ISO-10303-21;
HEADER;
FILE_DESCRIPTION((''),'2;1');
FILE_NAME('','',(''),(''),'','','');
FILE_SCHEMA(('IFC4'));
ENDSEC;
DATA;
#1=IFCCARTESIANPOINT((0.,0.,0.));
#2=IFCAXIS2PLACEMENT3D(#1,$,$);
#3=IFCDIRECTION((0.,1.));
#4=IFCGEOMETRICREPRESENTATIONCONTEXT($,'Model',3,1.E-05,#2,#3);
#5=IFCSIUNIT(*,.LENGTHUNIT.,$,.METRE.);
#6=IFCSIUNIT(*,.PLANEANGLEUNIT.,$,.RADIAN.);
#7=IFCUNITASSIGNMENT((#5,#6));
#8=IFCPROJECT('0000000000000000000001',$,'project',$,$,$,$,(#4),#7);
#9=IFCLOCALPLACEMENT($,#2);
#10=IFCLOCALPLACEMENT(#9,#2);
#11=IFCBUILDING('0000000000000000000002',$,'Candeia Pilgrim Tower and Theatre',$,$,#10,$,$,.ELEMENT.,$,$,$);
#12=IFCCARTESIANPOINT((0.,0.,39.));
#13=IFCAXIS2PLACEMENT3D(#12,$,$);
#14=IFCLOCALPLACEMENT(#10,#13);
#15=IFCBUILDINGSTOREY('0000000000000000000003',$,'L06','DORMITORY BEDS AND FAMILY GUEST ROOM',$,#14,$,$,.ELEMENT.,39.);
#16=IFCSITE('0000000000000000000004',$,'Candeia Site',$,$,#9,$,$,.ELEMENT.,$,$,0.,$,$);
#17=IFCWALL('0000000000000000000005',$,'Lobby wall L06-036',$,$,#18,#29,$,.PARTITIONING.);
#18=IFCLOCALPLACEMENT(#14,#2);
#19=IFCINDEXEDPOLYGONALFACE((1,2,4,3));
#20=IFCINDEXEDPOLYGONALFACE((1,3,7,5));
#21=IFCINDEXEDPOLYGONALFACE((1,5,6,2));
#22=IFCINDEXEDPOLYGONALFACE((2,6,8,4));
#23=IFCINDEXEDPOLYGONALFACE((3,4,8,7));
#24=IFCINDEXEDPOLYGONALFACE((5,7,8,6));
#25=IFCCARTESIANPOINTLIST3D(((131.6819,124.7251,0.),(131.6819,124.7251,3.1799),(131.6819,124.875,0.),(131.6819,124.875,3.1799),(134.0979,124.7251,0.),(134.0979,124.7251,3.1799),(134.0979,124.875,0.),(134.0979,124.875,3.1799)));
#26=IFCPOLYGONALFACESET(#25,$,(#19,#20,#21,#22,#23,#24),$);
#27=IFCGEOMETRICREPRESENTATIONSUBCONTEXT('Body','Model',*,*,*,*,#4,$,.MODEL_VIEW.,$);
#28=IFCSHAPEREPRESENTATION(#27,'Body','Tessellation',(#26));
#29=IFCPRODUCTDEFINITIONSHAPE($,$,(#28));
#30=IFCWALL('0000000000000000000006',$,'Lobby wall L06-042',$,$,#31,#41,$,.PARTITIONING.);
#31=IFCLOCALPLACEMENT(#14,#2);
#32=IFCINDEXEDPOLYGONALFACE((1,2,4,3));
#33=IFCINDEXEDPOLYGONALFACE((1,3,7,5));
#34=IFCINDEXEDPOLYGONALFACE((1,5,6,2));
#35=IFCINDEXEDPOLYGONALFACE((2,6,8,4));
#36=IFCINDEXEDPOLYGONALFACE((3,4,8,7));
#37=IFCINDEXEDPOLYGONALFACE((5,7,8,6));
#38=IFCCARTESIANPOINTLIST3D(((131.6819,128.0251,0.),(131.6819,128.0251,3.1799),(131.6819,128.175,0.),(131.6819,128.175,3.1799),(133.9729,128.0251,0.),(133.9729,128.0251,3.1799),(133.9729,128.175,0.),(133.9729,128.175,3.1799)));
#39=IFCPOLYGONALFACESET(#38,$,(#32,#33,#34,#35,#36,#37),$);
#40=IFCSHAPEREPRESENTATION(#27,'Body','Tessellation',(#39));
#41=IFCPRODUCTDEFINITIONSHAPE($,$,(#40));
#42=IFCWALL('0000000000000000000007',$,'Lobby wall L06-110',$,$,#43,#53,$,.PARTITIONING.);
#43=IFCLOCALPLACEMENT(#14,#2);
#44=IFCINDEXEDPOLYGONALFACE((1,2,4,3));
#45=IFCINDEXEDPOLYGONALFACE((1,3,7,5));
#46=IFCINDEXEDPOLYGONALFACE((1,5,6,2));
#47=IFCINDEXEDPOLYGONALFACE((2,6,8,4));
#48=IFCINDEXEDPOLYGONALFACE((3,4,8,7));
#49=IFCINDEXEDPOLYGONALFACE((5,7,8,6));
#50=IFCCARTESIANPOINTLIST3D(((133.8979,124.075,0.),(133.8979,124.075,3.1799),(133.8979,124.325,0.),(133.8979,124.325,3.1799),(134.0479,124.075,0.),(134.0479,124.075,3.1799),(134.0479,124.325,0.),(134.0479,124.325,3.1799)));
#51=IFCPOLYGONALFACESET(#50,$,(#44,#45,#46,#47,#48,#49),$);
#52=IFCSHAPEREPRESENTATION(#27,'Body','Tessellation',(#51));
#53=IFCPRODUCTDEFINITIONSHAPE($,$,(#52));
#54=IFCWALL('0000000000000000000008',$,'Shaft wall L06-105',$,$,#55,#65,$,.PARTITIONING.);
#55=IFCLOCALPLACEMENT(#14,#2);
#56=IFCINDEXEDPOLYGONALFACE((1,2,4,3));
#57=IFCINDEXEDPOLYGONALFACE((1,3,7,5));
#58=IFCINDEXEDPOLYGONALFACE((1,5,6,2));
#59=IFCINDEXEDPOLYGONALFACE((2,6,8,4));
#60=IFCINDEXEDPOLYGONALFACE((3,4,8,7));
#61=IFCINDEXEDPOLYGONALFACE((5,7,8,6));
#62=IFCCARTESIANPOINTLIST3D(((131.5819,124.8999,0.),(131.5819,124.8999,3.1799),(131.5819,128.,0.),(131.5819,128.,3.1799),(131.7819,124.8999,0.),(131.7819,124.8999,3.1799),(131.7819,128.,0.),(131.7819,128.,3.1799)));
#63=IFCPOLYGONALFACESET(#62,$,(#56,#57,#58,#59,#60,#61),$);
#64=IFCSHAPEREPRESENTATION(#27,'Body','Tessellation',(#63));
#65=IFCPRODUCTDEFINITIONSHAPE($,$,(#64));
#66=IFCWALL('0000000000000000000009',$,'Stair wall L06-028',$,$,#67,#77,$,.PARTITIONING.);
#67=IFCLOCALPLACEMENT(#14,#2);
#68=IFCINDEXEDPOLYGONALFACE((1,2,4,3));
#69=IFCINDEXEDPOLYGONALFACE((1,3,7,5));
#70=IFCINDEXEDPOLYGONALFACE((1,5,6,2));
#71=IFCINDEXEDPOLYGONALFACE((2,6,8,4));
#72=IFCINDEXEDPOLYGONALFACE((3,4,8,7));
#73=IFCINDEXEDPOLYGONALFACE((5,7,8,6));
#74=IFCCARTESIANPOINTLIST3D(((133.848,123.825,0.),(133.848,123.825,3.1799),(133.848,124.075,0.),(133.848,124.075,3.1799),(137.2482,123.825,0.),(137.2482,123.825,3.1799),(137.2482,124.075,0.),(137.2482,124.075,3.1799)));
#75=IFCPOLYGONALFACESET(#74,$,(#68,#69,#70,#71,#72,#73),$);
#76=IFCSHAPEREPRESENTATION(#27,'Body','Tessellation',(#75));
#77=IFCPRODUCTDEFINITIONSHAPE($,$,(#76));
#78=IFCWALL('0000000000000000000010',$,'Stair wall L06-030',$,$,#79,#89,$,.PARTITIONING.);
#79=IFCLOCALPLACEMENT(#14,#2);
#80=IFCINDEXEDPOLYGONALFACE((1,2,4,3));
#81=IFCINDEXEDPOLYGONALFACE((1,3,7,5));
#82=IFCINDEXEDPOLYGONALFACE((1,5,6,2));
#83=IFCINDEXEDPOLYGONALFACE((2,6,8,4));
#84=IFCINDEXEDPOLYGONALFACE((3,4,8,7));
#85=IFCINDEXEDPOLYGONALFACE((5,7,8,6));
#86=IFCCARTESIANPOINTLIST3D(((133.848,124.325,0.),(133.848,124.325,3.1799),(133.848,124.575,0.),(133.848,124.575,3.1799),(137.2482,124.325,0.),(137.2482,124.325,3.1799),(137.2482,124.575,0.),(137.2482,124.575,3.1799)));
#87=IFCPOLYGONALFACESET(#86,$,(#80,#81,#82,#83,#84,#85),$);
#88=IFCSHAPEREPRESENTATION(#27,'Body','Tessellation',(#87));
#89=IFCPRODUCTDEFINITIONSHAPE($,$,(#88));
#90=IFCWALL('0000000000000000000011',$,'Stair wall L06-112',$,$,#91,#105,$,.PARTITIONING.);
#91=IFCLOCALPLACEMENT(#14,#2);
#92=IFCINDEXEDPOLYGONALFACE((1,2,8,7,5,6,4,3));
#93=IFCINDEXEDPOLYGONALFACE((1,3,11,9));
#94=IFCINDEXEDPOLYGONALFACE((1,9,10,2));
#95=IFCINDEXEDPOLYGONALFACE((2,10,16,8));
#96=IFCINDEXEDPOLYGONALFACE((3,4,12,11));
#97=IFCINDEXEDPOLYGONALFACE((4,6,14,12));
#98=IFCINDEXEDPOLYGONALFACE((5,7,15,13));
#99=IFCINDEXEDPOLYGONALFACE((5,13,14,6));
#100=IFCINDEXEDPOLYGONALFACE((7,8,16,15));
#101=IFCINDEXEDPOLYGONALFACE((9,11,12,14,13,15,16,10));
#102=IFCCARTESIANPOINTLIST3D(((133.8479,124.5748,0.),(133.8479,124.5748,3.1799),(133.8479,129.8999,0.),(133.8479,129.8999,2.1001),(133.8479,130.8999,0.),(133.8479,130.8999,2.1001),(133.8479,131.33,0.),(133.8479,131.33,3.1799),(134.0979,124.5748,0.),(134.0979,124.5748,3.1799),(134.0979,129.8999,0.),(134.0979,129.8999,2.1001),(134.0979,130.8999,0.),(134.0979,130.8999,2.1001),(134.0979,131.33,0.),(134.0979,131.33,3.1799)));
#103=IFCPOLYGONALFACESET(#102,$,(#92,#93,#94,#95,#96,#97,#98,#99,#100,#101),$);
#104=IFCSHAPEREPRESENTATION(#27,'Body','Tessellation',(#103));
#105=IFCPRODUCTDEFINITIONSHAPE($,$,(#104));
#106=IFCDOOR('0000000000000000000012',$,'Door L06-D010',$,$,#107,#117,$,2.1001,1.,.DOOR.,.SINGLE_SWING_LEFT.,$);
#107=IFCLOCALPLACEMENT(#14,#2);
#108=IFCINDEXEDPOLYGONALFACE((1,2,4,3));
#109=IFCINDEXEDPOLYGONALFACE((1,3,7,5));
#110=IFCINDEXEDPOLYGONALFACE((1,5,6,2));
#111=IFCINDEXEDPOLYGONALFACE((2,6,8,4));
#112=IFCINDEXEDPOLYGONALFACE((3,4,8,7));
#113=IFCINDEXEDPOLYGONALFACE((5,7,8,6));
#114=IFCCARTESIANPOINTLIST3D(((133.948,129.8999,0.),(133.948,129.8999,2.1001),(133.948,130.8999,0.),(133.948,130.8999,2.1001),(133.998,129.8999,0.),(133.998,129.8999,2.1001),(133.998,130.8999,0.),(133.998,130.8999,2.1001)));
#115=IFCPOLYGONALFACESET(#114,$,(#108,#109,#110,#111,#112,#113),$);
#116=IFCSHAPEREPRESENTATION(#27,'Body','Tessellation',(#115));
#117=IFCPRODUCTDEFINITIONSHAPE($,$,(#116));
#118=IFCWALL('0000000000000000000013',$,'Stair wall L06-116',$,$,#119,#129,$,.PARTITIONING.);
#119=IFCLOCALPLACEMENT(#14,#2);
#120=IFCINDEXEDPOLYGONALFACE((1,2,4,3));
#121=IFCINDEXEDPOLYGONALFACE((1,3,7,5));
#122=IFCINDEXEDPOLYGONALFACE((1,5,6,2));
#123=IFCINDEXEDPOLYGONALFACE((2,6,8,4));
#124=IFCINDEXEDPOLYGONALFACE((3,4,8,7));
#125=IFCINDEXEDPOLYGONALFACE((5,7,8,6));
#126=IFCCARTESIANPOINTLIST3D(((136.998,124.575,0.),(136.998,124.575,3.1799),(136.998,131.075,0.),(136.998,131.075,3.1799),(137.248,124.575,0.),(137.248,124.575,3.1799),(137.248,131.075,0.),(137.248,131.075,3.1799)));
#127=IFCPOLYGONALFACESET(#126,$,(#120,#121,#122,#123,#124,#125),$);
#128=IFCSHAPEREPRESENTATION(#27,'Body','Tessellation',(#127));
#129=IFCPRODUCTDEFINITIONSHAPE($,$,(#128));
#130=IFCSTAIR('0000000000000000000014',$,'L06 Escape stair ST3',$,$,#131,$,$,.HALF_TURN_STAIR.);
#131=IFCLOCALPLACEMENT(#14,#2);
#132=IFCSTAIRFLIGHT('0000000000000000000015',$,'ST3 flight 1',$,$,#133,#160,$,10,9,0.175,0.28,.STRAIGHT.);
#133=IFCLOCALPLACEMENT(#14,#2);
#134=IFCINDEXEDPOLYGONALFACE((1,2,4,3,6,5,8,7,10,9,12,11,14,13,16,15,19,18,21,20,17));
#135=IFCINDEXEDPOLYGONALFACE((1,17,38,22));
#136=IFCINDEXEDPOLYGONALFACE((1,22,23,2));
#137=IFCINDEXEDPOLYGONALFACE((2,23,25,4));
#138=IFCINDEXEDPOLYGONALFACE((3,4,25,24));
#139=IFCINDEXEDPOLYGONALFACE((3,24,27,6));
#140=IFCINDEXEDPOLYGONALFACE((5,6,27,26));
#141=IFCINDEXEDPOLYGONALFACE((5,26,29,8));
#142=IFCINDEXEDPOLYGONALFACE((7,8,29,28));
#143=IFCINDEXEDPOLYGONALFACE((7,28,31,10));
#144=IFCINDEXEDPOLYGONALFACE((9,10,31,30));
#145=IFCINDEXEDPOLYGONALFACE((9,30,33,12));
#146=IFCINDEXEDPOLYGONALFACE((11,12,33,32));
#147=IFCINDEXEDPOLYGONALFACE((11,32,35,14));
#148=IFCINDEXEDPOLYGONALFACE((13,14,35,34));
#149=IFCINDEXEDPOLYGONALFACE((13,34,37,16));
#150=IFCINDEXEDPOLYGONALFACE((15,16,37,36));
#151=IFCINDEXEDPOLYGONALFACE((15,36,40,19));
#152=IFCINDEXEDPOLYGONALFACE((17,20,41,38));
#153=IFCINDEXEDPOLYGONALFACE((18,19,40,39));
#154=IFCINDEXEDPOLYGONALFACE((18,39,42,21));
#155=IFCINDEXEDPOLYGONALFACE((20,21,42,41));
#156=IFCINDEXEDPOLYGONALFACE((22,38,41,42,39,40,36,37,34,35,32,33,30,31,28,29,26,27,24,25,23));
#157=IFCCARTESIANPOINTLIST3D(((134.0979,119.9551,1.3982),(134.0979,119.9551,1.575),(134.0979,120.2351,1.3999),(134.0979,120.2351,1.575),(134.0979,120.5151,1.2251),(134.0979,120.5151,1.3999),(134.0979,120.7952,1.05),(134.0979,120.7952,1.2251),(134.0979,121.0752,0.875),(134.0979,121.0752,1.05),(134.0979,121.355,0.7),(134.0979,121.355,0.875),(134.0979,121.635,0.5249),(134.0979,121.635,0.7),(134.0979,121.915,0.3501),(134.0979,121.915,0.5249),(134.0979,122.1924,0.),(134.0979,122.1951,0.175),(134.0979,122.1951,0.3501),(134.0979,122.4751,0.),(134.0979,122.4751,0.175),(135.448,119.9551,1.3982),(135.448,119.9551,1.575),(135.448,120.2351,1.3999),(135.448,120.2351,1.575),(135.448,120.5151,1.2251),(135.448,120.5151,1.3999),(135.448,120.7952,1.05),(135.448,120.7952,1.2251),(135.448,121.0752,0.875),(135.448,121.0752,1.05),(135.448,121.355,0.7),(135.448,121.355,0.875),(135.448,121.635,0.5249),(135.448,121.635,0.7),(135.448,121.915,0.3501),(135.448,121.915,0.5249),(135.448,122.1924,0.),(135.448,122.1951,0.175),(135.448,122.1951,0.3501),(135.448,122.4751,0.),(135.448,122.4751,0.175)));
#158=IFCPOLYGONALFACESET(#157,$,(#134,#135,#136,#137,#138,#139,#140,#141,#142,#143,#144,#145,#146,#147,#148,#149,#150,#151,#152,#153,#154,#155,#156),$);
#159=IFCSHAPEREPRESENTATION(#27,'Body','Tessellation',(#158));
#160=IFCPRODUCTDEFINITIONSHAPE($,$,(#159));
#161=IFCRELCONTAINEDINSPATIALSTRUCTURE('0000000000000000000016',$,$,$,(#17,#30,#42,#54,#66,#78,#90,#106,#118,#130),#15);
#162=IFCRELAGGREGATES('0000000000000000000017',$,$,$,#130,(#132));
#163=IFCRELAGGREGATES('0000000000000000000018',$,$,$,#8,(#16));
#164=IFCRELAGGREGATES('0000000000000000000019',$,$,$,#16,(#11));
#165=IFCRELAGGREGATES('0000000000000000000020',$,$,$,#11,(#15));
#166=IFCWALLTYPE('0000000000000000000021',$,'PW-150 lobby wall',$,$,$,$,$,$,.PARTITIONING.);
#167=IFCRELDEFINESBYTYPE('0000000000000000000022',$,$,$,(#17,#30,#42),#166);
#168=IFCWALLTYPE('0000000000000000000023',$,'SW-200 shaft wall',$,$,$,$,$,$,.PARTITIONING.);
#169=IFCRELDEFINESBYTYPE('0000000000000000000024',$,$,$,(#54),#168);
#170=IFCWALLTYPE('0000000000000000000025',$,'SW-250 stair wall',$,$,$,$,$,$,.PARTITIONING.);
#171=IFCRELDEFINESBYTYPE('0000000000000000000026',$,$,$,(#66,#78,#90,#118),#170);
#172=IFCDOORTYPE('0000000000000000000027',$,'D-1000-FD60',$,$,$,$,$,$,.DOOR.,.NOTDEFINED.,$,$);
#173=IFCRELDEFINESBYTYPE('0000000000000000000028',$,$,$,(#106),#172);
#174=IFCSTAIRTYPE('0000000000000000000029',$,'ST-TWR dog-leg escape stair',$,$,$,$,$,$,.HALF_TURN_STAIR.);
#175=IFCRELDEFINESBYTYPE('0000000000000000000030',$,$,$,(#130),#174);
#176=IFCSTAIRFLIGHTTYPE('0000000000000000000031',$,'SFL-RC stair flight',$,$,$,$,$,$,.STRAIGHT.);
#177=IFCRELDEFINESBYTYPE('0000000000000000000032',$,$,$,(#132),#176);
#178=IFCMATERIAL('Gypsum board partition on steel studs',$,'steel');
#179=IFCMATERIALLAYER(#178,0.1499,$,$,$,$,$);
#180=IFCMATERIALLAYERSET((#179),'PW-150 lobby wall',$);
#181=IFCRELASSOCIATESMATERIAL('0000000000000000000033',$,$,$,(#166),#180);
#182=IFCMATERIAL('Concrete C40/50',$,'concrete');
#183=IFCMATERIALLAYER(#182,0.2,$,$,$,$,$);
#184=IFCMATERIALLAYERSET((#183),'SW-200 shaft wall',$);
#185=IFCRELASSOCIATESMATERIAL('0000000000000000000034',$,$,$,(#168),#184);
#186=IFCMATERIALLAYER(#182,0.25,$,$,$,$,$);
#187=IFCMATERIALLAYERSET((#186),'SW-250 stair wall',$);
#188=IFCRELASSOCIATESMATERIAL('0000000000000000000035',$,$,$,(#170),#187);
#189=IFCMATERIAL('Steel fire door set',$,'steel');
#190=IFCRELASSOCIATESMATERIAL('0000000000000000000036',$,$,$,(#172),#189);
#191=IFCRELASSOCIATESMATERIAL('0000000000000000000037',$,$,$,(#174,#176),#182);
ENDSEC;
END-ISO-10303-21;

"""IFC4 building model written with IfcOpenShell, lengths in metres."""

from ifc_helpers import new_model, si_unit, direction, frame, frame_2d, origin, place, context, subcontext, project, spatial, polyline, rectangle, outline, extrude, material, layer, layer_set, type_object, element, fill, aggregate, save


model = new_model("IFC4")

# Units and contexts
model_context = context("Model", 3, precision=1e-05, world=origin(), true_north=direction((0.0, 1.0)))
body_context = subcontext(model_context, "Body", "Model", "MODEL_VIEW")
ifc_project = project(units=[si_unit("LENGTHUNIT", "METRE"), si_unit("PLANEANGLEUNIT", "RADIAN")], contexts=[model_context])

# Site, building, storey
site_placement = place(None, origin())
site = spatial("IfcSite", under=ifc_project, at=site_placement, Name="Candeia Site", CompositionType="ELEMENT", RefElevation=0.0)
building_placement = place(site_placement, origin())
building = spatial("IfcBuilding", under=site, at=building_placement, Name="Candeia Pilgrim Tower and Theatre", CompositionType="ELEMENT")
storey_placement = place(building_placement, frame((0.0, 0.0, 39.0)))
storey = spatial("IfcBuildingStorey", under=building, at=storey_placement, Name="L06", Description="DORMITORY BEDS AND FAMILY GUEST ROOM", CompositionType="ELEMENT", Elevation=39.0)

# Walls
ifc_material_1 = material(Name="Gypsum board partition on steel studs", Category="steel")
ifc_layer_1 = layer(ifc_material_1, 0.1499)
ifc_layer_set_1 = layer_set([ifc_layer_1], Name="PW-150 lobby wall")
wall_type_1 = type_object("IfcWallType", Name="PW-150 lobby wall", PredefinedType="PARTITIONING", material=ifc_layer_set_1)
wall_1_placement = place(storey_placement, frame((131.6819, 124.8, 0.0), z_axis=(0.0, 0.0, 1.0), x_axis=(1.0, 0.0, 0.0)))
element("IfcWall", 1, at=wall_1_placement, inside=storey, type_object=wall_type_1, Name="Lobby wall L06-036", PredefinedType="PARTITIONING", context=body_context, shape_type="SweptSolid", body=[
    extrude(rectangle(XDim=2.416, YDim=0.1499, at=frame_2d((1.208, 0.0))), origin(), (0.0, 0.0, 1.0), 3.1799),
])
wall_2_placement = place(storey_placement, frame((131.6819, 128.1001, 0.0), z_axis=(0.0, 0.0, 1.0), x_axis=(1.0, 0.0, 0.0)))
element("IfcWall", 2, at=wall_2_placement, inside=storey, type_object=wall_type_1, Name="Lobby wall L06-042", PredefinedType="PARTITIONING", context=body_context, shape_type="SweptSolid", body=[
    extrude(rectangle(XDim=2.291, YDim=0.1499, at=frame_2d((1.1455, 0.0))), origin(), (0.0, 0.0, 1.0), 3.1799),
])
wall_3_placement = place(storey_placement, frame((133.9729, 124.075, 0.0), z_axis=(0.0, 0.0, 1.0), x_axis=(0.0, 1.0, 0.0)))
element("IfcWall", 3, at=wall_3_placement, inside=storey, type_object=wall_type_1, Name="Lobby wall L06-110", PredefinedType="PARTITIONING", context=body_context, shape_type="SweptSolid", body=[
    extrude(rectangle(XDim=0.25, YDim=0.1499, at=frame_2d((0.125, 0.0))), origin(), (0.0, 0.0, 1.0), 3.1799),
])
ifc_material_2 = material(Name="Concrete C40/50", Category="concrete")
ifc_layer_2 = layer(ifc_material_2, 0.2)
ifc_layer_set_2 = layer_set([ifc_layer_2], Name="SW-200 shaft wall")
wall_type_2 = type_object("IfcWallType", Name="SW-200 shaft wall", PredefinedType="PARTITIONING", material=ifc_layer_set_2)
wall_4_placement = place(storey_placement, frame((131.6819, 124.8999, 0.0), z_axis=(0.0, 0.0, 1.0), x_axis=(0.0, 1.0, 0.0)))
element("IfcWall", 4, at=wall_4_placement, inside=storey, type_object=wall_type_2, Name="Shaft wall L06-105", PredefinedType="PARTITIONING", context=body_context, shape_type="SweptSolid", body=[
    extrude(rectangle(XDim=3.1001, YDim=0.2, at=frame_2d((1.55, 0.0))), origin(), (0.0, 0.0, 1.0), 3.1799),
])
ifc_layer_3 = layer(ifc_material_2, 0.25)
ifc_layer_set_3 = layer_set([ifc_layer_3], Name="SW-250 stair wall")
wall_type_3 = type_object("IfcWallType", Name="SW-250 stair wall", PredefinedType="PARTITIONING", material=ifc_layer_set_3)
for number, where, z_axis, x_axis, name in (
    (5, (133.8479, 123.95, 0.0), (0.0, 0.0, 1.0), (1.0, 0.0, 0.0), "Stair wall L06-028"),
    (6, (133.8479, 124.45, 0.0), (0.0, 0.0, 1.0), (1.0, 0.0, 0.0), "Stair wall L06-030"),
):
    element("IfcWall", number, at=place(storey_placement, frame(where, z_axis=z_axis, x_axis=x_axis)), inside=storey, type_object=wall_type_3, Name=name, PredefinedType="PARTITIONING", context=body_context, shape_type="SweptSolid", body=[
        extrude(rectangle(XDim=3.4001, YDim=0.25, at=frame_2d((1.7002, 0.0))), origin(), (0.0, 0.0, 1.0), 3.1799),
    ])

# Wall, opening, door
wall_5_placement = place(storey_placement, frame((133.9729, 124.575, 0.0), z_axis=(0.0, 0.0, 1.0), x_axis=(0.0, 1.0, 0.0)))
wall_5 = element("IfcWall", 7, at=wall_5_placement, inside=storey, type_object=wall_type_3, Name="Stair wall L06-112", PredefinedType="PARTITIONING", context=body_context, shape_type="SweptSolid", body=[
    extrude(rectangle(XDim=6.7551, YDim=0.25, at=frame_2d((3.3774, 0.0))), origin(), (0.0, 0.0, 1.0), 3.1799),
])
opening_placement = place(wall_5_placement, frame((5.325, 0.0, 0.0)))
opening = element("IfcOpeningElement", 8, at=opening_placement, cuts=wall_5, PredefinedType="OPENING", context=body_context, shape_type="SweptSolid", body=[
    extrude(rectangle(XDim=1.0, YDim=2.1001, at=frame_2d((0.5, 1.05))), frame((0.0, 0.135, 0.0), z_axis=(0.0, -1.0, 0.0), x_axis=(1.0, 0.0, 0.0)), (0.0, 0.0, 1.0), 0.27),
])
ifc_material_3 = material(Name="Steel fire door set", Category="steel")
door_type = type_object("IfcDoorType", Name="D-1000-FD60", OperationType="NOTDEFINED", PredefinedType="DOOR", material=ifc_material_3)
door_placement = place(opening_placement, origin())
door = element("IfcDoor", 9, at=door_placement, inside=storey, type_object=door_type, Name="Door L06-D010", OperationType="SINGLE_SWING_LEFT", OverallHeight=2.1001, OverallWidth=1.0, PredefinedType="DOOR", context=body_context, shape_type="SweptSolid", body=[
    extrude(rectangle(XDim=1.0, YDim=2.1001, at=frame_2d((0.5, 1.05))), frame((0.0, 0.0249, 0.0), z_axis=(0.0, -1.0, 0.0), x_axis=(1.0, 0.0, 0.0)), (0.0, 0.0, 1.0), 0.05),
])
fill(opening, door)

# Wall
wall_6_placement = place(storey_placement, frame((137.123, 124.575, 0.0), z_axis=(0.0, 0.0, 1.0), x_axis=(0.0, 1.0, 0.0)))
element("IfcWall", 10, at=wall_6_placement, inside=storey, type_object=wall_type_3, Name="Stair wall L06-116", PredefinedType="PARTITIONING", context=body_context, shape_type="SweptSolid", body=[
    extrude(rectangle(XDim=6.5, YDim=0.25, at=frame_2d((3.25, 0.0))), origin(), (0.0, 0.0, 1.0), 3.1799),
])

# Stair, stair flight
stair_type = type_object("IfcStairType", Name="ST-TWR dog-leg escape stair", PredefinedType="HALF_TURN_STAIR", material=ifc_material_2)
stair_1_placement = place(storey_placement, origin())
stair_1 = element("IfcStair", 11, at=stair_1_placement, inside=storey, type_object=stair_type, Name="L06 Escape stair ST3", PredefinedType="HALF_TURN_STAIR")
stair_flight_type = type_object("IfcStairFlightType", Name="SFL-RC stair flight", PredefinedType="STRAIGHT", material=ifc_material_2)
stair_flight_1_placement = place(storey_placement, frame((134.7729, 122.4751, 0.0), z_axis=(0.0, 0.0, 1.0), x_axis=(0.0, -1.0, 0.0)))
stair_flight_1 = element("IfcStairFlight", 12, at=stair_flight_1_placement, type_object=stair_flight_type, Name="ST3 flight 1", NumberOfRisers=10, NumberOfTreads=9, PredefinedType="STRAIGHT", RiserHeight=0.175, TreadLength=0.28, context=body_context, shape_type="SweptSolid", body=[
    extrude(outline(polyline([(0.0, 0.0), (0.0, 0.175), (0.28, 0.175), (0.28, 0.3501), (0.5601, 0.3501), (0.5601, 0.5249), (0.8401, 0.5249), (0.8401, 0.7), (1.1201, 0.7), (1.1201, 0.875), (1.3999, 0.875), (1.3999, 1.05), (1.6799, 1.05), (1.6799, 1.2251), (1.96, 1.2251), (1.96, 1.3999), (2.24, 1.3999), (2.24, 1.575), (2.52, 1.575), (2.52, 1.75), (2.52, 1.3982), (0.2827, 0.0), (0.0, 0.0)])), frame((0.0, 0.675, 0.0), z_axis=(0.0, -1.0, 0.0), x_axis=(1.0, 0.0, 0.0)), (0.0, 0.0, 1.0), 1.3501),
])
aggregate(stair_1, [stair_flight_1])

save(model, "model.ifc")
